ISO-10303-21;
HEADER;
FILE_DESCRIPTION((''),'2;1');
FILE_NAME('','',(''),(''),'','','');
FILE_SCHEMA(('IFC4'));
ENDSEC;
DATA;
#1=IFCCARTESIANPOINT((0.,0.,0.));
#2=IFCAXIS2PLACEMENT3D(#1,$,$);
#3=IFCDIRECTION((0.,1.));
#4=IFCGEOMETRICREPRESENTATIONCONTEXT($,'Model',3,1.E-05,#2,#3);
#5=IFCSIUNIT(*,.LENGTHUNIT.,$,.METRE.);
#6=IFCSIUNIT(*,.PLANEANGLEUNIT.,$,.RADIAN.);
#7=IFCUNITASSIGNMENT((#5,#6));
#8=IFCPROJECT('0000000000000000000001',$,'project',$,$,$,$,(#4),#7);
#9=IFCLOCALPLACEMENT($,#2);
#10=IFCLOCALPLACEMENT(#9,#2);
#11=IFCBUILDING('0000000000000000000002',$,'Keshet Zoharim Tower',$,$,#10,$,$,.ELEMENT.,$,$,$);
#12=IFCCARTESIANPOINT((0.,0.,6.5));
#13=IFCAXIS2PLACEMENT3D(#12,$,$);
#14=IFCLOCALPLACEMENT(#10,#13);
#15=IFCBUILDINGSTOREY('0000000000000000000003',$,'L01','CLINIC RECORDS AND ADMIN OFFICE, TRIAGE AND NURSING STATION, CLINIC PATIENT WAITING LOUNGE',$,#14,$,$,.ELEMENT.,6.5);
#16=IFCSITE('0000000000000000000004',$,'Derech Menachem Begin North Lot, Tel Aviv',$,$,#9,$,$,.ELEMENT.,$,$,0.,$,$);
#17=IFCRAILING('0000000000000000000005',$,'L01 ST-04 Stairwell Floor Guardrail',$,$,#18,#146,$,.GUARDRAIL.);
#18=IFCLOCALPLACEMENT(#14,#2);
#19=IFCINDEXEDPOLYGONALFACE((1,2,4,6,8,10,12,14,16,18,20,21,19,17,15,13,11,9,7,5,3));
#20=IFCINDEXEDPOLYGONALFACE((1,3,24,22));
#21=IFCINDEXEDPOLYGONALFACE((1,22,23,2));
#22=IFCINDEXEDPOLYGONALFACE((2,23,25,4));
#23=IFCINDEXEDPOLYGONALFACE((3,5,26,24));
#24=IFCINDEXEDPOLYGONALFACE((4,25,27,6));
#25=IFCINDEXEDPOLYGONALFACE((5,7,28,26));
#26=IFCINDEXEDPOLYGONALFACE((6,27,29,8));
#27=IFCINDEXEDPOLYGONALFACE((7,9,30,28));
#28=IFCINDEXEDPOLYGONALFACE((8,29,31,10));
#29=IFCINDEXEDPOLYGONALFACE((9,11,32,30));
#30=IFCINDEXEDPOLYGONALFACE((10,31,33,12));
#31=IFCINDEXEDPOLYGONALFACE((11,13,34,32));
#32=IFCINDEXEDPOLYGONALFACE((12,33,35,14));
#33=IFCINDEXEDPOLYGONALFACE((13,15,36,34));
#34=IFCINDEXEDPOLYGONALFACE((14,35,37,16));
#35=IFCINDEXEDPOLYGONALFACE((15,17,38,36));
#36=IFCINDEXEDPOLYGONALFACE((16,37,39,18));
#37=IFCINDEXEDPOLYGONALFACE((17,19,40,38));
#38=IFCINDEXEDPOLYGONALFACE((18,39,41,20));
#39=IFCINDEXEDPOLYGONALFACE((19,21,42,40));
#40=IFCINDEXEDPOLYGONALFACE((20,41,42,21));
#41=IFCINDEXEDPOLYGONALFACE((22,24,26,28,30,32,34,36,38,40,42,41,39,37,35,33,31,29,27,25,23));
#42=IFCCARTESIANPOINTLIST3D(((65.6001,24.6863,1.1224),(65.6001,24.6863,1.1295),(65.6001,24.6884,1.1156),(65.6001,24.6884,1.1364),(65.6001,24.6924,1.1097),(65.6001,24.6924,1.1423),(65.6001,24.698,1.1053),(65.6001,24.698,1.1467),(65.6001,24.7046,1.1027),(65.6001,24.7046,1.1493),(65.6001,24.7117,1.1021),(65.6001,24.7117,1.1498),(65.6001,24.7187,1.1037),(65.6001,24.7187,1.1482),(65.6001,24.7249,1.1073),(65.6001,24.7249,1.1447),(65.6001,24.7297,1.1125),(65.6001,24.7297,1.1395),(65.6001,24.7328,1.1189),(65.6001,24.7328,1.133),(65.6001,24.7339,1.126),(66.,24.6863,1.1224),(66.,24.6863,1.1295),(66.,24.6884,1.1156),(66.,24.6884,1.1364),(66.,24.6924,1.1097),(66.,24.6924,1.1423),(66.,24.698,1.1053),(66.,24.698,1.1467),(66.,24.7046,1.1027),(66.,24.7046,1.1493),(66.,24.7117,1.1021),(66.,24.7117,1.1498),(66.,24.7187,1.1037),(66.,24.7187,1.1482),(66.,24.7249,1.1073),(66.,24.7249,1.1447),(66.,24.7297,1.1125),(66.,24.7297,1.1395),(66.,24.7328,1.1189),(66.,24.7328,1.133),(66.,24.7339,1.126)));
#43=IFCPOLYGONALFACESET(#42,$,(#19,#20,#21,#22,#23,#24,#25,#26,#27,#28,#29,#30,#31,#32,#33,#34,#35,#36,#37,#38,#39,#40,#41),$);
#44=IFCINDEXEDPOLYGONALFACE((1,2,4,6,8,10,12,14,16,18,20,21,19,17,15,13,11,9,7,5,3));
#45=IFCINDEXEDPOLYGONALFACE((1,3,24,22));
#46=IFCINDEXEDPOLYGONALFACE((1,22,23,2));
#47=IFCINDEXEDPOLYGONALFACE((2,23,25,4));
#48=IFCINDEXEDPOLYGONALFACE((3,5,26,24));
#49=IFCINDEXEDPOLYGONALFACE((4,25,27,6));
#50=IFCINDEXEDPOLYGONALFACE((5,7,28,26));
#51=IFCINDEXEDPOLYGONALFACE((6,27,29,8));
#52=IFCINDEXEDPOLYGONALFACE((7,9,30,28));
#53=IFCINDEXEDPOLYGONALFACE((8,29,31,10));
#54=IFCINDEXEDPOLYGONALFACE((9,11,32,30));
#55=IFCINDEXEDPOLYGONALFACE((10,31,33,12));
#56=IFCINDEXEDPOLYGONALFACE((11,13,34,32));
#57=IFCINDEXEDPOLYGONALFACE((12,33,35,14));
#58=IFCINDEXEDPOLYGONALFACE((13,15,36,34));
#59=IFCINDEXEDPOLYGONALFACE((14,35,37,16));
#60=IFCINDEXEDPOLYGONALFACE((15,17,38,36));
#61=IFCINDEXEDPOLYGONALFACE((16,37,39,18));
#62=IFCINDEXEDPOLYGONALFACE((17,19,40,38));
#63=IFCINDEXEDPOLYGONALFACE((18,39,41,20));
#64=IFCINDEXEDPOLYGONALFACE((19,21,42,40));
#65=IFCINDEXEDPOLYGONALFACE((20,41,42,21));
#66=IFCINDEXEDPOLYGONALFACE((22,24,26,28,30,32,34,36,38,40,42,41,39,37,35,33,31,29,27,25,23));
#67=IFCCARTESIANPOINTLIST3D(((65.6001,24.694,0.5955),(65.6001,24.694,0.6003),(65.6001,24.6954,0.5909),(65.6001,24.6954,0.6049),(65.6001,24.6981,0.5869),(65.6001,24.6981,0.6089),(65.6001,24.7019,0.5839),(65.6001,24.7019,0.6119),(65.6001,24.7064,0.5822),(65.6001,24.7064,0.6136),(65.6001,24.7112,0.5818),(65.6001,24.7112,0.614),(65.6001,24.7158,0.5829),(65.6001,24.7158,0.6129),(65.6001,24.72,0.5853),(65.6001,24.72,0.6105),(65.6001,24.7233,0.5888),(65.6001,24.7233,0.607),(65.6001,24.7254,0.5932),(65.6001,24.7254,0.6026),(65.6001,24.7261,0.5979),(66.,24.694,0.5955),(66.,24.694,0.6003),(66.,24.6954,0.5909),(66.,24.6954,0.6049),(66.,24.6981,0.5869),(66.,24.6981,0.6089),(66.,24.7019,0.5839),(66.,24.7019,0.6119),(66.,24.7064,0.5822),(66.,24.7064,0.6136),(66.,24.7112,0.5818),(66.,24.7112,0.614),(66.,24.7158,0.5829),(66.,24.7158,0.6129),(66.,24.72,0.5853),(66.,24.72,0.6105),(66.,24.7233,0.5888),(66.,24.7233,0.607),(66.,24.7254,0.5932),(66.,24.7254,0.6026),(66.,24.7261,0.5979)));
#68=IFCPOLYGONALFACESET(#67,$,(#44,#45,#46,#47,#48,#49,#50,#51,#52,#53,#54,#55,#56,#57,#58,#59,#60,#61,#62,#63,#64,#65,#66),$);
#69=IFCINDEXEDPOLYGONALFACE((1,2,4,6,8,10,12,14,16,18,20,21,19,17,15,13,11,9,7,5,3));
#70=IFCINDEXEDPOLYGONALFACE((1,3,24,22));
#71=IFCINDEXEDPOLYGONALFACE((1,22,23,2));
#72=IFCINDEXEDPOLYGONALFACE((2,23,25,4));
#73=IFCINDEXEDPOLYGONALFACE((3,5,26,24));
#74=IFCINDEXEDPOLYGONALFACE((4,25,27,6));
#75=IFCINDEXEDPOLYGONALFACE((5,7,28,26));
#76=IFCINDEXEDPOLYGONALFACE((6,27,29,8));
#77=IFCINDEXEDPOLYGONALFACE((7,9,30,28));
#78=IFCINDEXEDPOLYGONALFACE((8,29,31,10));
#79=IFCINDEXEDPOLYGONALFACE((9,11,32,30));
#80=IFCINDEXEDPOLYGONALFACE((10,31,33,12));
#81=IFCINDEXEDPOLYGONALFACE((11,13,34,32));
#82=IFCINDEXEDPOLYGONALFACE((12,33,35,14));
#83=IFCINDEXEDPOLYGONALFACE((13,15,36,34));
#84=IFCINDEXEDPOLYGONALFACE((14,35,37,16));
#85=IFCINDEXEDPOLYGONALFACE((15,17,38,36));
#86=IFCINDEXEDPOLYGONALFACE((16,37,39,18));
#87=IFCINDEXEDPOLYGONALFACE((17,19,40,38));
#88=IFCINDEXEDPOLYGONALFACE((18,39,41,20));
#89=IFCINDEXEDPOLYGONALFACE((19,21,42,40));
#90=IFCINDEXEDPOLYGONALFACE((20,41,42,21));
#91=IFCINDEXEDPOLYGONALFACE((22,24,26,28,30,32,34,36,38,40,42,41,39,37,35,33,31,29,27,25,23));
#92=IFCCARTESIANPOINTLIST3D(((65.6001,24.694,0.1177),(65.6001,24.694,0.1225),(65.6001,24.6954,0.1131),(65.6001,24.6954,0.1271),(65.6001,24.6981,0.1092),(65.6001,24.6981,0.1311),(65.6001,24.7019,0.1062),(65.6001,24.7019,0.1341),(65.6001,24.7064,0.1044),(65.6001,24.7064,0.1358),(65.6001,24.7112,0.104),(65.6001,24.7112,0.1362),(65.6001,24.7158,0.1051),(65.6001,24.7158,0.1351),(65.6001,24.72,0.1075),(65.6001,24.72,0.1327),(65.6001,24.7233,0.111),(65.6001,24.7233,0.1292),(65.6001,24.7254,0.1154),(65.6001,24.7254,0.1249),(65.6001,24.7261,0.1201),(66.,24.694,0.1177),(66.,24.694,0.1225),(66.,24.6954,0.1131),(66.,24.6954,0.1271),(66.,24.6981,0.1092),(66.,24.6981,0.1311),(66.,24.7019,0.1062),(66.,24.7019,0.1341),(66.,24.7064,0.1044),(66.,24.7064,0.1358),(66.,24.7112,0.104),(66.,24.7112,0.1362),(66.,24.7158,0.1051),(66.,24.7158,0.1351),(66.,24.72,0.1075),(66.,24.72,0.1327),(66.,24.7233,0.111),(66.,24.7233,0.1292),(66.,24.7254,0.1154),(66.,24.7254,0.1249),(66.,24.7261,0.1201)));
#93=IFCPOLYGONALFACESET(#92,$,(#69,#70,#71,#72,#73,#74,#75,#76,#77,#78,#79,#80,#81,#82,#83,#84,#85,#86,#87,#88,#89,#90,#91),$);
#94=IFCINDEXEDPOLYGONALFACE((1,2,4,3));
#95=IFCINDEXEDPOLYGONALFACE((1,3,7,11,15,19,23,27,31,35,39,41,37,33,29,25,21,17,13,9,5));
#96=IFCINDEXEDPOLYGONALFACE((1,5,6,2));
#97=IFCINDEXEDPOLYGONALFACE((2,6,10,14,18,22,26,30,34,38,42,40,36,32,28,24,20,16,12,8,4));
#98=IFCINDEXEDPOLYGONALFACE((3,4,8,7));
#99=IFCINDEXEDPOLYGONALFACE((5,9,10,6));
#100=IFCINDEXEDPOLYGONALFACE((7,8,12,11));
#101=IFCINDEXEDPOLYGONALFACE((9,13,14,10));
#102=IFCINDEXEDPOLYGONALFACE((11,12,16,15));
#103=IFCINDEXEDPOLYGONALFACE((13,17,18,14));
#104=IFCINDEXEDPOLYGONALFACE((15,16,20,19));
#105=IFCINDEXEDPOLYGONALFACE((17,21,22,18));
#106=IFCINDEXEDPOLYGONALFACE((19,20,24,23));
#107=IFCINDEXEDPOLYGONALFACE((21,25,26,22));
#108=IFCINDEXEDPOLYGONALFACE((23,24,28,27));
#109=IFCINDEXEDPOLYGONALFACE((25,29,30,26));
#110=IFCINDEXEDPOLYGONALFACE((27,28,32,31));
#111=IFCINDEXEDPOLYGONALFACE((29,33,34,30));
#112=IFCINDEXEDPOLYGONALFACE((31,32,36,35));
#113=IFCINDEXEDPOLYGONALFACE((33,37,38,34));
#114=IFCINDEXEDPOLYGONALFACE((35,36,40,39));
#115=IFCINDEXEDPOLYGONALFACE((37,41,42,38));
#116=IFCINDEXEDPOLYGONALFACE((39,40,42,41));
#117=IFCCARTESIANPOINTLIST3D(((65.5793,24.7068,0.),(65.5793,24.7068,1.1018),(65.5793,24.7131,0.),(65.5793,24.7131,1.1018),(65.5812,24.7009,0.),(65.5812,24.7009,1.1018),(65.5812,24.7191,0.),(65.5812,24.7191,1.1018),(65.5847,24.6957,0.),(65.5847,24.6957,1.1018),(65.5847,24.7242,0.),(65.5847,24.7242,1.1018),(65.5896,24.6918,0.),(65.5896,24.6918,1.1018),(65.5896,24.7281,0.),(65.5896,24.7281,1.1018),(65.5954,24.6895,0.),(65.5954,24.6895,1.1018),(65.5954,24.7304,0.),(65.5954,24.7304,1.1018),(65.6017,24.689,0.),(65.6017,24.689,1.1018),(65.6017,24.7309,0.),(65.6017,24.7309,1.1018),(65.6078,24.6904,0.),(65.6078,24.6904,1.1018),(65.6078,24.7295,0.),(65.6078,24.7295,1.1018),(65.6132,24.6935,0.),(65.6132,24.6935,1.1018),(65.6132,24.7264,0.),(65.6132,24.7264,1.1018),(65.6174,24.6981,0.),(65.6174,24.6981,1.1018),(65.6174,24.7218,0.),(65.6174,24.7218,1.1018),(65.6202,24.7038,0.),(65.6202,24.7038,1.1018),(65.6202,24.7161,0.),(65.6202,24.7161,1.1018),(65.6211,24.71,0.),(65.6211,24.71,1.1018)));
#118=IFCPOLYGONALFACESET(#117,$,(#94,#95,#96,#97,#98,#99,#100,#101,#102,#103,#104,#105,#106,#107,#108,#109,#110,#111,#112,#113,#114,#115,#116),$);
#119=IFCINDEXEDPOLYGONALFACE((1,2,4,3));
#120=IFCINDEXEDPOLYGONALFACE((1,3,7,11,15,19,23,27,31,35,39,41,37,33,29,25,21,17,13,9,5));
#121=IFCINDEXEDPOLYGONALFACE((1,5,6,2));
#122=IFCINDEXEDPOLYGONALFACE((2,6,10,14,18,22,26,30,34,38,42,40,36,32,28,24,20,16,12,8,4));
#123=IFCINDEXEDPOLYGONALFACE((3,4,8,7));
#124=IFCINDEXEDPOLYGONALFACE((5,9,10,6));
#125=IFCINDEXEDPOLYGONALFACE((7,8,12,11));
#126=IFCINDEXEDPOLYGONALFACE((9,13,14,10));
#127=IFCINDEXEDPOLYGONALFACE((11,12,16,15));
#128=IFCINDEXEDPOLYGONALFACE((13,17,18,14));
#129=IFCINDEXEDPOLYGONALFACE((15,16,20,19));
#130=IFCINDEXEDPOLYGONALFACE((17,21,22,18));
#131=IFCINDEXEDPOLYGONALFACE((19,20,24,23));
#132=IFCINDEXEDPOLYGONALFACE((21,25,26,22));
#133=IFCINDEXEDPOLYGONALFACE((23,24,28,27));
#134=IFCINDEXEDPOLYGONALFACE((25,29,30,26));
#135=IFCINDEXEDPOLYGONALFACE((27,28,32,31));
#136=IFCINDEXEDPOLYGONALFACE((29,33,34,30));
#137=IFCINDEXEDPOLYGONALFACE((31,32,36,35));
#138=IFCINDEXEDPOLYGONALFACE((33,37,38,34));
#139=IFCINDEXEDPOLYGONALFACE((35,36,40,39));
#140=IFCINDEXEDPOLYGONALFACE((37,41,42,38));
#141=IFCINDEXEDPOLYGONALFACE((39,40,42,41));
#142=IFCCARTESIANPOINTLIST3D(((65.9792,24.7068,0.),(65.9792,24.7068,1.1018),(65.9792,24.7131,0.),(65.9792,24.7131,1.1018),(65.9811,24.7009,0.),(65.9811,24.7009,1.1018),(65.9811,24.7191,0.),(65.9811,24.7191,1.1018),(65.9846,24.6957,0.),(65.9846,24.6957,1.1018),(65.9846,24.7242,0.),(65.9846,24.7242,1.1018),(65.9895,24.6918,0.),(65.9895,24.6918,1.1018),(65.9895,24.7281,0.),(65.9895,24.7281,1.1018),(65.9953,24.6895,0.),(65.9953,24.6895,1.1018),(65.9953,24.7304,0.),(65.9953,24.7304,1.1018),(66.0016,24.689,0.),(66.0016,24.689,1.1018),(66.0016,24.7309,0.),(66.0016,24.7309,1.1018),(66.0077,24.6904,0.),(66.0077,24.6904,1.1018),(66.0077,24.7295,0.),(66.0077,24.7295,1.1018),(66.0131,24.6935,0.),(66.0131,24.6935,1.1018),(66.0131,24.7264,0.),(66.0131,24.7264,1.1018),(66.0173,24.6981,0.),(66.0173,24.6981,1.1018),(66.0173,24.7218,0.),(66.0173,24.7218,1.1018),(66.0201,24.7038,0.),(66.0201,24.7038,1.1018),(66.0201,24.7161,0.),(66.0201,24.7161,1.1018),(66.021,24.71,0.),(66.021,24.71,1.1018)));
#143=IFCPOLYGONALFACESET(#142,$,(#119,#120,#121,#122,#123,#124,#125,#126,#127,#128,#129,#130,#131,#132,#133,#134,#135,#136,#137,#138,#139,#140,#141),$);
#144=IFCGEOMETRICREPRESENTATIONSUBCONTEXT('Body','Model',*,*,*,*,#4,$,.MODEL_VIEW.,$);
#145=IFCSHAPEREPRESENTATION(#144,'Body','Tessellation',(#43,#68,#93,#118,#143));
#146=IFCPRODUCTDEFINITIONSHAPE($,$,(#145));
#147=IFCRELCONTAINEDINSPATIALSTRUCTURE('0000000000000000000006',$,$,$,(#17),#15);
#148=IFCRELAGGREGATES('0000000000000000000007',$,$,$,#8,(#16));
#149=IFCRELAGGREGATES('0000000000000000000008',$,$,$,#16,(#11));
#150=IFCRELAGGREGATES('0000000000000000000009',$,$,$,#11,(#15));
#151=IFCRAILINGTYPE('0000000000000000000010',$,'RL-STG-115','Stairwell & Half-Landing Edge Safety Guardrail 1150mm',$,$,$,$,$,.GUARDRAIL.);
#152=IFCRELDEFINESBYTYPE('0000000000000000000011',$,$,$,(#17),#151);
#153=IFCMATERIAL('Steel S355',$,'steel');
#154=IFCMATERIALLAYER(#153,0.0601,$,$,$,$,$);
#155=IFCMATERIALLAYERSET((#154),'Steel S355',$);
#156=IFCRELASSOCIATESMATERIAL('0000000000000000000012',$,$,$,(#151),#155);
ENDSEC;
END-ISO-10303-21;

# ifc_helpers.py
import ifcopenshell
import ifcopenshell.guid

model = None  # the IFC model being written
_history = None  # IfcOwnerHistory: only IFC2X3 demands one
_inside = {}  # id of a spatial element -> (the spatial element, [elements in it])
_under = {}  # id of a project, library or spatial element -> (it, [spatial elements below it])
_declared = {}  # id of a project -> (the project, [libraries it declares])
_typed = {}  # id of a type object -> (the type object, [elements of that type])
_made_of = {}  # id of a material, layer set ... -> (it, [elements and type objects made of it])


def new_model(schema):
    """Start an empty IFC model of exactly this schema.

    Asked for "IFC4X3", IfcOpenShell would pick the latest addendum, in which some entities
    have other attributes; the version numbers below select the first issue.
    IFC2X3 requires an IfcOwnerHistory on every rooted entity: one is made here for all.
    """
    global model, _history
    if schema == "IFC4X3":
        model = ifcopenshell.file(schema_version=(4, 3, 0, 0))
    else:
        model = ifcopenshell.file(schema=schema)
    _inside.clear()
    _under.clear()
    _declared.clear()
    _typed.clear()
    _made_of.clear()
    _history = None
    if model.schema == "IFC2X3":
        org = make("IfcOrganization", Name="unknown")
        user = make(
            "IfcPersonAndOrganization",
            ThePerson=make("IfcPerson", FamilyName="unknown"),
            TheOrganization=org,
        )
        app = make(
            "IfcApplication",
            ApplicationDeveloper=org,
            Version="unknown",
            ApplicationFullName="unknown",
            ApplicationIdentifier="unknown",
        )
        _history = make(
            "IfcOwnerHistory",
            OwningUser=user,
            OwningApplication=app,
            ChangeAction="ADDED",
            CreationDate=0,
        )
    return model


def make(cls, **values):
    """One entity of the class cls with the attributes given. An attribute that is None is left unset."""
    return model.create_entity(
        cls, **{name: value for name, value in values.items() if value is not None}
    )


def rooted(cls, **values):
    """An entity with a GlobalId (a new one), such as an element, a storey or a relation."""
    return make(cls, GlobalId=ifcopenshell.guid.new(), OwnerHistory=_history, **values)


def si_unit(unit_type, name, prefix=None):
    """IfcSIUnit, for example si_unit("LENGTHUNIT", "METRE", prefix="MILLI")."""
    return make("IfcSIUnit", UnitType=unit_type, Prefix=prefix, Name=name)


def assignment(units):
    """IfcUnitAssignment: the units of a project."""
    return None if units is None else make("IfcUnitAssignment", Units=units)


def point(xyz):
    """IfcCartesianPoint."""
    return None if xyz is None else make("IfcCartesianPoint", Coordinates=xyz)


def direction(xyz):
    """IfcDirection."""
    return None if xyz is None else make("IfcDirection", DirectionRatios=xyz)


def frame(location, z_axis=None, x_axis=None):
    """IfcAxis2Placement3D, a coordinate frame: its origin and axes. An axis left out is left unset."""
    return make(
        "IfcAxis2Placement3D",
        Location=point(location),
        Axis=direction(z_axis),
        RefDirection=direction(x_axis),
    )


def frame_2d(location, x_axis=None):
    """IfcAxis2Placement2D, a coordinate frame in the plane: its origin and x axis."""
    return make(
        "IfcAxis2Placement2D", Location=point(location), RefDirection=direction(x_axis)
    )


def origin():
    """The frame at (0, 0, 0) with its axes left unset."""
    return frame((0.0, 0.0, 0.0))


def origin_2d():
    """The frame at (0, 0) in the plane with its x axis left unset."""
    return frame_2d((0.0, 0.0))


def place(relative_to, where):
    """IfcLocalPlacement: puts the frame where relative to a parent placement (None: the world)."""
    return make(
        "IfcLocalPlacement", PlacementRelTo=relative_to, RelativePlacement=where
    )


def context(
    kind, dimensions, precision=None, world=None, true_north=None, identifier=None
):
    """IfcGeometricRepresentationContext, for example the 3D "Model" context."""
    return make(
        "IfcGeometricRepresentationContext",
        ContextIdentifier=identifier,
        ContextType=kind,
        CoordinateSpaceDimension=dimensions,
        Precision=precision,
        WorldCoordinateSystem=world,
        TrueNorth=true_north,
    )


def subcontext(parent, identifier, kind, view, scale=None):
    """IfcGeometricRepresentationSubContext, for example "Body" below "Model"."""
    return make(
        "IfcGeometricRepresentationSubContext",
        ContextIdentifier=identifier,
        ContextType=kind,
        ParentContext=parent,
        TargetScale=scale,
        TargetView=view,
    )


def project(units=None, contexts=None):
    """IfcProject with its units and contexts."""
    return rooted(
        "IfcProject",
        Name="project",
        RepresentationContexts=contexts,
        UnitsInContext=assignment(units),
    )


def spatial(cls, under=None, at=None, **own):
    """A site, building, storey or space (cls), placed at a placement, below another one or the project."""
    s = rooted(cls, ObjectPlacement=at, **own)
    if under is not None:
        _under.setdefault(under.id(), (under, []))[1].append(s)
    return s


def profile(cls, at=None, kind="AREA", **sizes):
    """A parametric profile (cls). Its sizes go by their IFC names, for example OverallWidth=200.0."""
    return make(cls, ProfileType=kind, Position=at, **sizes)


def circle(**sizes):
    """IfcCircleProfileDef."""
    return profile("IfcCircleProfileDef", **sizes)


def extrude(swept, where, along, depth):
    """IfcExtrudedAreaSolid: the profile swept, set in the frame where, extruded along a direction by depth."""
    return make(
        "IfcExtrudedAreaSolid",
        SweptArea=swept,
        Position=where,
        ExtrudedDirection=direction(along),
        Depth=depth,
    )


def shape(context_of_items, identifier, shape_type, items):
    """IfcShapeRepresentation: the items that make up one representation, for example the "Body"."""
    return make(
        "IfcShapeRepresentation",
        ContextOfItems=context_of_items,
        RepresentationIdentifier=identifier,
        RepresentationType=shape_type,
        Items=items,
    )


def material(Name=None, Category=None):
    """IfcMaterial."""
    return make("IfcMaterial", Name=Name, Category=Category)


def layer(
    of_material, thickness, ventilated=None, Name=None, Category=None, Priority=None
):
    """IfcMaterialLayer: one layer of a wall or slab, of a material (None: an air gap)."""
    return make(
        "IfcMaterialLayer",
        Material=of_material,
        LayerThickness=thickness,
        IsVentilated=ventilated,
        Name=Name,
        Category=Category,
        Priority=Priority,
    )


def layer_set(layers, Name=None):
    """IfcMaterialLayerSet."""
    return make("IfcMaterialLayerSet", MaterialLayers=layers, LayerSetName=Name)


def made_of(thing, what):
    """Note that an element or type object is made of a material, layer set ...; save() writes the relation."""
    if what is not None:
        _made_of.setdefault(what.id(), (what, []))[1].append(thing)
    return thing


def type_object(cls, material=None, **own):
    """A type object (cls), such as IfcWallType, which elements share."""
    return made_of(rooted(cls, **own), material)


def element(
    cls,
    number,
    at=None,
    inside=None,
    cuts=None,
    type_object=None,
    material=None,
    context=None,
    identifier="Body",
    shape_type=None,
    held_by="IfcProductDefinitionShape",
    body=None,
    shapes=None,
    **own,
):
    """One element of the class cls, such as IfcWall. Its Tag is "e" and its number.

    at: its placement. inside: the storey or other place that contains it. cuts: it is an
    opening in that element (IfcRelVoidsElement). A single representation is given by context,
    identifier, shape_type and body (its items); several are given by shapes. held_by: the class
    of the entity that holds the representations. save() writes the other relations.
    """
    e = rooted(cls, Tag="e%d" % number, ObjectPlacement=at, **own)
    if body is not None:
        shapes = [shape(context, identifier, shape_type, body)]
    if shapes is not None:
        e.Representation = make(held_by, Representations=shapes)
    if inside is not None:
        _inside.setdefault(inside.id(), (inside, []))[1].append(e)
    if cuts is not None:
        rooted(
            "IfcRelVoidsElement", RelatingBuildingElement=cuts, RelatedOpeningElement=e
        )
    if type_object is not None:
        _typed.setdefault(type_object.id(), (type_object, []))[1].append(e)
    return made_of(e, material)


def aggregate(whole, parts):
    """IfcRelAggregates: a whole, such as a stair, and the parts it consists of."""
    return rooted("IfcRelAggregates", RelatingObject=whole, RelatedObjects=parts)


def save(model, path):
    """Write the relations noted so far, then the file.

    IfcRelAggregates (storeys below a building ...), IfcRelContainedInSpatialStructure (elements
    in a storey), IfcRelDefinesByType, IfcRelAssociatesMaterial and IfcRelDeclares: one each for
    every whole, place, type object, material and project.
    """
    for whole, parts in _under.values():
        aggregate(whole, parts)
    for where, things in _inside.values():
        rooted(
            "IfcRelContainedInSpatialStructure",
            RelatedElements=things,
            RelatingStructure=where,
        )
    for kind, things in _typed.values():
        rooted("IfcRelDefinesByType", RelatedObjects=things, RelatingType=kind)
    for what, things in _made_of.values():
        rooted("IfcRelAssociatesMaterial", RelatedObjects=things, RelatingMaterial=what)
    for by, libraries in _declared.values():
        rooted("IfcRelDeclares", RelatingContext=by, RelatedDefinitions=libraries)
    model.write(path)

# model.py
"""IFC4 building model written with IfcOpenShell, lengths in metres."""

from ifc_helpers import new_model, si_unit, direction, frame, origin, origin_2d, place, context, subcontext, project, spatial, circle, extrude, material, layer, layer_set, type_object, element, save


model = new_model("IFC4")

# Units and contexts
model_context = context("Model", 3, precision=1e-05, world=origin(), true_north=direction((0.0, 1.0)))
body_context = subcontext(model_context, "Body", "Model", "MODEL_VIEW")
ifc_project = project(units=[si_unit("LENGTHUNIT", "METRE"), si_unit("PLANEANGLEUNIT", "RADIAN")], contexts=[model_context])

# Site, building, storey
site_placement = place(None, origin())
site = spatial("IfcSite", under=ifc_project, at=site_placement, Name="Derech Menachem Begin North Lot, Tel Aviv", CompositionType="ELEMENT", RefElevation=0.0)
building_placement = place(site_placement, origin())
building = spatial("IfcBuilding", under=site, at=building_placement, Name="Keshet Zoharim Tower", CompositionType="ELEMENT")
storey_placement = place(building_placement, frame((0.0, 0.0, 6.5)))
storey = spatial("IfcBuildingStorey", under=building, at=storey_placement, Name="L01", Description="CLINIC RECORDS AND ADMIN OFFICE, TRIAGE AND NURSING STATION, CLINIC PATIENT WAITING LOUNGE", CompositionType="ELEMENT", Elevation=6.5)

# Shared definitions
ifc_material_1 = material(Name="Steel S355", Category="steel")

# Railing
ifc_layer_1 = layer(ifc_material_1, 0.0601)
ifc_layer_set_1 = layer_set([ifc_layer_1], Name="Steel S355")
railing_type_1 = type_object("IfcRailingType", Name="RL-STG-115", Description="Stairwell & Half-Landing Edge Safety Guardrail 1150mm", PredefinedType="GUARDRAIL", material=ifc_layer_set_1)
railing_1_placement = place(storey_placement, frame((65.6001, 24.71, 0.0)))
element("IfcRailing", 1, at=railing_1_placement, inside=storey, type_object=railing_type_1, Name="L01 ST-04 Stairwell Floor Guardrail", PredefinedType="GUARDRAIL", context=body_context, shape_type="SweptSolid", body=[
    extrude(circle(Radius=0.0239, at=origin_2d()), frame((0.0, 0.0, 1.126), z_axis=(1.0, 0.0, 0.0), x_axis=(0.0, 1.0, 0.0)), (0.0, 0.0, 1.0), 0.3999),
    extrude(circle(Radius=0.0161, at=origin_2d()), frame((0.0, 0.0, 0.5979), z_axis=(1.0, 0.0, 0.0), x_axis=(0.0, 1.0, 0.0)), (0.0, 0.0, 1.0), 0.3999),
    extrude(circle(Radius=0.0161, at=origin_2d()), frame((0.0, 0.0, 0.1201), z_axis=(1.0, 0.0, 0.0), x_axis=(0.0, 1.0, 0.0)), (0.0, 0.0, 1.0), 0.3999),
    extrude(circle(Radius=0.021, at=origin_2d()), origin(), (0.0, 0.0, 1.0), 1.1018),
    extrude(circle(Radius=0.021, at=origin_2d()), frame((0.3999, 0.0, 0.0)), (0.0, 0.0, 1.0), 1.1018),
])

save(model, "model.ifc")
